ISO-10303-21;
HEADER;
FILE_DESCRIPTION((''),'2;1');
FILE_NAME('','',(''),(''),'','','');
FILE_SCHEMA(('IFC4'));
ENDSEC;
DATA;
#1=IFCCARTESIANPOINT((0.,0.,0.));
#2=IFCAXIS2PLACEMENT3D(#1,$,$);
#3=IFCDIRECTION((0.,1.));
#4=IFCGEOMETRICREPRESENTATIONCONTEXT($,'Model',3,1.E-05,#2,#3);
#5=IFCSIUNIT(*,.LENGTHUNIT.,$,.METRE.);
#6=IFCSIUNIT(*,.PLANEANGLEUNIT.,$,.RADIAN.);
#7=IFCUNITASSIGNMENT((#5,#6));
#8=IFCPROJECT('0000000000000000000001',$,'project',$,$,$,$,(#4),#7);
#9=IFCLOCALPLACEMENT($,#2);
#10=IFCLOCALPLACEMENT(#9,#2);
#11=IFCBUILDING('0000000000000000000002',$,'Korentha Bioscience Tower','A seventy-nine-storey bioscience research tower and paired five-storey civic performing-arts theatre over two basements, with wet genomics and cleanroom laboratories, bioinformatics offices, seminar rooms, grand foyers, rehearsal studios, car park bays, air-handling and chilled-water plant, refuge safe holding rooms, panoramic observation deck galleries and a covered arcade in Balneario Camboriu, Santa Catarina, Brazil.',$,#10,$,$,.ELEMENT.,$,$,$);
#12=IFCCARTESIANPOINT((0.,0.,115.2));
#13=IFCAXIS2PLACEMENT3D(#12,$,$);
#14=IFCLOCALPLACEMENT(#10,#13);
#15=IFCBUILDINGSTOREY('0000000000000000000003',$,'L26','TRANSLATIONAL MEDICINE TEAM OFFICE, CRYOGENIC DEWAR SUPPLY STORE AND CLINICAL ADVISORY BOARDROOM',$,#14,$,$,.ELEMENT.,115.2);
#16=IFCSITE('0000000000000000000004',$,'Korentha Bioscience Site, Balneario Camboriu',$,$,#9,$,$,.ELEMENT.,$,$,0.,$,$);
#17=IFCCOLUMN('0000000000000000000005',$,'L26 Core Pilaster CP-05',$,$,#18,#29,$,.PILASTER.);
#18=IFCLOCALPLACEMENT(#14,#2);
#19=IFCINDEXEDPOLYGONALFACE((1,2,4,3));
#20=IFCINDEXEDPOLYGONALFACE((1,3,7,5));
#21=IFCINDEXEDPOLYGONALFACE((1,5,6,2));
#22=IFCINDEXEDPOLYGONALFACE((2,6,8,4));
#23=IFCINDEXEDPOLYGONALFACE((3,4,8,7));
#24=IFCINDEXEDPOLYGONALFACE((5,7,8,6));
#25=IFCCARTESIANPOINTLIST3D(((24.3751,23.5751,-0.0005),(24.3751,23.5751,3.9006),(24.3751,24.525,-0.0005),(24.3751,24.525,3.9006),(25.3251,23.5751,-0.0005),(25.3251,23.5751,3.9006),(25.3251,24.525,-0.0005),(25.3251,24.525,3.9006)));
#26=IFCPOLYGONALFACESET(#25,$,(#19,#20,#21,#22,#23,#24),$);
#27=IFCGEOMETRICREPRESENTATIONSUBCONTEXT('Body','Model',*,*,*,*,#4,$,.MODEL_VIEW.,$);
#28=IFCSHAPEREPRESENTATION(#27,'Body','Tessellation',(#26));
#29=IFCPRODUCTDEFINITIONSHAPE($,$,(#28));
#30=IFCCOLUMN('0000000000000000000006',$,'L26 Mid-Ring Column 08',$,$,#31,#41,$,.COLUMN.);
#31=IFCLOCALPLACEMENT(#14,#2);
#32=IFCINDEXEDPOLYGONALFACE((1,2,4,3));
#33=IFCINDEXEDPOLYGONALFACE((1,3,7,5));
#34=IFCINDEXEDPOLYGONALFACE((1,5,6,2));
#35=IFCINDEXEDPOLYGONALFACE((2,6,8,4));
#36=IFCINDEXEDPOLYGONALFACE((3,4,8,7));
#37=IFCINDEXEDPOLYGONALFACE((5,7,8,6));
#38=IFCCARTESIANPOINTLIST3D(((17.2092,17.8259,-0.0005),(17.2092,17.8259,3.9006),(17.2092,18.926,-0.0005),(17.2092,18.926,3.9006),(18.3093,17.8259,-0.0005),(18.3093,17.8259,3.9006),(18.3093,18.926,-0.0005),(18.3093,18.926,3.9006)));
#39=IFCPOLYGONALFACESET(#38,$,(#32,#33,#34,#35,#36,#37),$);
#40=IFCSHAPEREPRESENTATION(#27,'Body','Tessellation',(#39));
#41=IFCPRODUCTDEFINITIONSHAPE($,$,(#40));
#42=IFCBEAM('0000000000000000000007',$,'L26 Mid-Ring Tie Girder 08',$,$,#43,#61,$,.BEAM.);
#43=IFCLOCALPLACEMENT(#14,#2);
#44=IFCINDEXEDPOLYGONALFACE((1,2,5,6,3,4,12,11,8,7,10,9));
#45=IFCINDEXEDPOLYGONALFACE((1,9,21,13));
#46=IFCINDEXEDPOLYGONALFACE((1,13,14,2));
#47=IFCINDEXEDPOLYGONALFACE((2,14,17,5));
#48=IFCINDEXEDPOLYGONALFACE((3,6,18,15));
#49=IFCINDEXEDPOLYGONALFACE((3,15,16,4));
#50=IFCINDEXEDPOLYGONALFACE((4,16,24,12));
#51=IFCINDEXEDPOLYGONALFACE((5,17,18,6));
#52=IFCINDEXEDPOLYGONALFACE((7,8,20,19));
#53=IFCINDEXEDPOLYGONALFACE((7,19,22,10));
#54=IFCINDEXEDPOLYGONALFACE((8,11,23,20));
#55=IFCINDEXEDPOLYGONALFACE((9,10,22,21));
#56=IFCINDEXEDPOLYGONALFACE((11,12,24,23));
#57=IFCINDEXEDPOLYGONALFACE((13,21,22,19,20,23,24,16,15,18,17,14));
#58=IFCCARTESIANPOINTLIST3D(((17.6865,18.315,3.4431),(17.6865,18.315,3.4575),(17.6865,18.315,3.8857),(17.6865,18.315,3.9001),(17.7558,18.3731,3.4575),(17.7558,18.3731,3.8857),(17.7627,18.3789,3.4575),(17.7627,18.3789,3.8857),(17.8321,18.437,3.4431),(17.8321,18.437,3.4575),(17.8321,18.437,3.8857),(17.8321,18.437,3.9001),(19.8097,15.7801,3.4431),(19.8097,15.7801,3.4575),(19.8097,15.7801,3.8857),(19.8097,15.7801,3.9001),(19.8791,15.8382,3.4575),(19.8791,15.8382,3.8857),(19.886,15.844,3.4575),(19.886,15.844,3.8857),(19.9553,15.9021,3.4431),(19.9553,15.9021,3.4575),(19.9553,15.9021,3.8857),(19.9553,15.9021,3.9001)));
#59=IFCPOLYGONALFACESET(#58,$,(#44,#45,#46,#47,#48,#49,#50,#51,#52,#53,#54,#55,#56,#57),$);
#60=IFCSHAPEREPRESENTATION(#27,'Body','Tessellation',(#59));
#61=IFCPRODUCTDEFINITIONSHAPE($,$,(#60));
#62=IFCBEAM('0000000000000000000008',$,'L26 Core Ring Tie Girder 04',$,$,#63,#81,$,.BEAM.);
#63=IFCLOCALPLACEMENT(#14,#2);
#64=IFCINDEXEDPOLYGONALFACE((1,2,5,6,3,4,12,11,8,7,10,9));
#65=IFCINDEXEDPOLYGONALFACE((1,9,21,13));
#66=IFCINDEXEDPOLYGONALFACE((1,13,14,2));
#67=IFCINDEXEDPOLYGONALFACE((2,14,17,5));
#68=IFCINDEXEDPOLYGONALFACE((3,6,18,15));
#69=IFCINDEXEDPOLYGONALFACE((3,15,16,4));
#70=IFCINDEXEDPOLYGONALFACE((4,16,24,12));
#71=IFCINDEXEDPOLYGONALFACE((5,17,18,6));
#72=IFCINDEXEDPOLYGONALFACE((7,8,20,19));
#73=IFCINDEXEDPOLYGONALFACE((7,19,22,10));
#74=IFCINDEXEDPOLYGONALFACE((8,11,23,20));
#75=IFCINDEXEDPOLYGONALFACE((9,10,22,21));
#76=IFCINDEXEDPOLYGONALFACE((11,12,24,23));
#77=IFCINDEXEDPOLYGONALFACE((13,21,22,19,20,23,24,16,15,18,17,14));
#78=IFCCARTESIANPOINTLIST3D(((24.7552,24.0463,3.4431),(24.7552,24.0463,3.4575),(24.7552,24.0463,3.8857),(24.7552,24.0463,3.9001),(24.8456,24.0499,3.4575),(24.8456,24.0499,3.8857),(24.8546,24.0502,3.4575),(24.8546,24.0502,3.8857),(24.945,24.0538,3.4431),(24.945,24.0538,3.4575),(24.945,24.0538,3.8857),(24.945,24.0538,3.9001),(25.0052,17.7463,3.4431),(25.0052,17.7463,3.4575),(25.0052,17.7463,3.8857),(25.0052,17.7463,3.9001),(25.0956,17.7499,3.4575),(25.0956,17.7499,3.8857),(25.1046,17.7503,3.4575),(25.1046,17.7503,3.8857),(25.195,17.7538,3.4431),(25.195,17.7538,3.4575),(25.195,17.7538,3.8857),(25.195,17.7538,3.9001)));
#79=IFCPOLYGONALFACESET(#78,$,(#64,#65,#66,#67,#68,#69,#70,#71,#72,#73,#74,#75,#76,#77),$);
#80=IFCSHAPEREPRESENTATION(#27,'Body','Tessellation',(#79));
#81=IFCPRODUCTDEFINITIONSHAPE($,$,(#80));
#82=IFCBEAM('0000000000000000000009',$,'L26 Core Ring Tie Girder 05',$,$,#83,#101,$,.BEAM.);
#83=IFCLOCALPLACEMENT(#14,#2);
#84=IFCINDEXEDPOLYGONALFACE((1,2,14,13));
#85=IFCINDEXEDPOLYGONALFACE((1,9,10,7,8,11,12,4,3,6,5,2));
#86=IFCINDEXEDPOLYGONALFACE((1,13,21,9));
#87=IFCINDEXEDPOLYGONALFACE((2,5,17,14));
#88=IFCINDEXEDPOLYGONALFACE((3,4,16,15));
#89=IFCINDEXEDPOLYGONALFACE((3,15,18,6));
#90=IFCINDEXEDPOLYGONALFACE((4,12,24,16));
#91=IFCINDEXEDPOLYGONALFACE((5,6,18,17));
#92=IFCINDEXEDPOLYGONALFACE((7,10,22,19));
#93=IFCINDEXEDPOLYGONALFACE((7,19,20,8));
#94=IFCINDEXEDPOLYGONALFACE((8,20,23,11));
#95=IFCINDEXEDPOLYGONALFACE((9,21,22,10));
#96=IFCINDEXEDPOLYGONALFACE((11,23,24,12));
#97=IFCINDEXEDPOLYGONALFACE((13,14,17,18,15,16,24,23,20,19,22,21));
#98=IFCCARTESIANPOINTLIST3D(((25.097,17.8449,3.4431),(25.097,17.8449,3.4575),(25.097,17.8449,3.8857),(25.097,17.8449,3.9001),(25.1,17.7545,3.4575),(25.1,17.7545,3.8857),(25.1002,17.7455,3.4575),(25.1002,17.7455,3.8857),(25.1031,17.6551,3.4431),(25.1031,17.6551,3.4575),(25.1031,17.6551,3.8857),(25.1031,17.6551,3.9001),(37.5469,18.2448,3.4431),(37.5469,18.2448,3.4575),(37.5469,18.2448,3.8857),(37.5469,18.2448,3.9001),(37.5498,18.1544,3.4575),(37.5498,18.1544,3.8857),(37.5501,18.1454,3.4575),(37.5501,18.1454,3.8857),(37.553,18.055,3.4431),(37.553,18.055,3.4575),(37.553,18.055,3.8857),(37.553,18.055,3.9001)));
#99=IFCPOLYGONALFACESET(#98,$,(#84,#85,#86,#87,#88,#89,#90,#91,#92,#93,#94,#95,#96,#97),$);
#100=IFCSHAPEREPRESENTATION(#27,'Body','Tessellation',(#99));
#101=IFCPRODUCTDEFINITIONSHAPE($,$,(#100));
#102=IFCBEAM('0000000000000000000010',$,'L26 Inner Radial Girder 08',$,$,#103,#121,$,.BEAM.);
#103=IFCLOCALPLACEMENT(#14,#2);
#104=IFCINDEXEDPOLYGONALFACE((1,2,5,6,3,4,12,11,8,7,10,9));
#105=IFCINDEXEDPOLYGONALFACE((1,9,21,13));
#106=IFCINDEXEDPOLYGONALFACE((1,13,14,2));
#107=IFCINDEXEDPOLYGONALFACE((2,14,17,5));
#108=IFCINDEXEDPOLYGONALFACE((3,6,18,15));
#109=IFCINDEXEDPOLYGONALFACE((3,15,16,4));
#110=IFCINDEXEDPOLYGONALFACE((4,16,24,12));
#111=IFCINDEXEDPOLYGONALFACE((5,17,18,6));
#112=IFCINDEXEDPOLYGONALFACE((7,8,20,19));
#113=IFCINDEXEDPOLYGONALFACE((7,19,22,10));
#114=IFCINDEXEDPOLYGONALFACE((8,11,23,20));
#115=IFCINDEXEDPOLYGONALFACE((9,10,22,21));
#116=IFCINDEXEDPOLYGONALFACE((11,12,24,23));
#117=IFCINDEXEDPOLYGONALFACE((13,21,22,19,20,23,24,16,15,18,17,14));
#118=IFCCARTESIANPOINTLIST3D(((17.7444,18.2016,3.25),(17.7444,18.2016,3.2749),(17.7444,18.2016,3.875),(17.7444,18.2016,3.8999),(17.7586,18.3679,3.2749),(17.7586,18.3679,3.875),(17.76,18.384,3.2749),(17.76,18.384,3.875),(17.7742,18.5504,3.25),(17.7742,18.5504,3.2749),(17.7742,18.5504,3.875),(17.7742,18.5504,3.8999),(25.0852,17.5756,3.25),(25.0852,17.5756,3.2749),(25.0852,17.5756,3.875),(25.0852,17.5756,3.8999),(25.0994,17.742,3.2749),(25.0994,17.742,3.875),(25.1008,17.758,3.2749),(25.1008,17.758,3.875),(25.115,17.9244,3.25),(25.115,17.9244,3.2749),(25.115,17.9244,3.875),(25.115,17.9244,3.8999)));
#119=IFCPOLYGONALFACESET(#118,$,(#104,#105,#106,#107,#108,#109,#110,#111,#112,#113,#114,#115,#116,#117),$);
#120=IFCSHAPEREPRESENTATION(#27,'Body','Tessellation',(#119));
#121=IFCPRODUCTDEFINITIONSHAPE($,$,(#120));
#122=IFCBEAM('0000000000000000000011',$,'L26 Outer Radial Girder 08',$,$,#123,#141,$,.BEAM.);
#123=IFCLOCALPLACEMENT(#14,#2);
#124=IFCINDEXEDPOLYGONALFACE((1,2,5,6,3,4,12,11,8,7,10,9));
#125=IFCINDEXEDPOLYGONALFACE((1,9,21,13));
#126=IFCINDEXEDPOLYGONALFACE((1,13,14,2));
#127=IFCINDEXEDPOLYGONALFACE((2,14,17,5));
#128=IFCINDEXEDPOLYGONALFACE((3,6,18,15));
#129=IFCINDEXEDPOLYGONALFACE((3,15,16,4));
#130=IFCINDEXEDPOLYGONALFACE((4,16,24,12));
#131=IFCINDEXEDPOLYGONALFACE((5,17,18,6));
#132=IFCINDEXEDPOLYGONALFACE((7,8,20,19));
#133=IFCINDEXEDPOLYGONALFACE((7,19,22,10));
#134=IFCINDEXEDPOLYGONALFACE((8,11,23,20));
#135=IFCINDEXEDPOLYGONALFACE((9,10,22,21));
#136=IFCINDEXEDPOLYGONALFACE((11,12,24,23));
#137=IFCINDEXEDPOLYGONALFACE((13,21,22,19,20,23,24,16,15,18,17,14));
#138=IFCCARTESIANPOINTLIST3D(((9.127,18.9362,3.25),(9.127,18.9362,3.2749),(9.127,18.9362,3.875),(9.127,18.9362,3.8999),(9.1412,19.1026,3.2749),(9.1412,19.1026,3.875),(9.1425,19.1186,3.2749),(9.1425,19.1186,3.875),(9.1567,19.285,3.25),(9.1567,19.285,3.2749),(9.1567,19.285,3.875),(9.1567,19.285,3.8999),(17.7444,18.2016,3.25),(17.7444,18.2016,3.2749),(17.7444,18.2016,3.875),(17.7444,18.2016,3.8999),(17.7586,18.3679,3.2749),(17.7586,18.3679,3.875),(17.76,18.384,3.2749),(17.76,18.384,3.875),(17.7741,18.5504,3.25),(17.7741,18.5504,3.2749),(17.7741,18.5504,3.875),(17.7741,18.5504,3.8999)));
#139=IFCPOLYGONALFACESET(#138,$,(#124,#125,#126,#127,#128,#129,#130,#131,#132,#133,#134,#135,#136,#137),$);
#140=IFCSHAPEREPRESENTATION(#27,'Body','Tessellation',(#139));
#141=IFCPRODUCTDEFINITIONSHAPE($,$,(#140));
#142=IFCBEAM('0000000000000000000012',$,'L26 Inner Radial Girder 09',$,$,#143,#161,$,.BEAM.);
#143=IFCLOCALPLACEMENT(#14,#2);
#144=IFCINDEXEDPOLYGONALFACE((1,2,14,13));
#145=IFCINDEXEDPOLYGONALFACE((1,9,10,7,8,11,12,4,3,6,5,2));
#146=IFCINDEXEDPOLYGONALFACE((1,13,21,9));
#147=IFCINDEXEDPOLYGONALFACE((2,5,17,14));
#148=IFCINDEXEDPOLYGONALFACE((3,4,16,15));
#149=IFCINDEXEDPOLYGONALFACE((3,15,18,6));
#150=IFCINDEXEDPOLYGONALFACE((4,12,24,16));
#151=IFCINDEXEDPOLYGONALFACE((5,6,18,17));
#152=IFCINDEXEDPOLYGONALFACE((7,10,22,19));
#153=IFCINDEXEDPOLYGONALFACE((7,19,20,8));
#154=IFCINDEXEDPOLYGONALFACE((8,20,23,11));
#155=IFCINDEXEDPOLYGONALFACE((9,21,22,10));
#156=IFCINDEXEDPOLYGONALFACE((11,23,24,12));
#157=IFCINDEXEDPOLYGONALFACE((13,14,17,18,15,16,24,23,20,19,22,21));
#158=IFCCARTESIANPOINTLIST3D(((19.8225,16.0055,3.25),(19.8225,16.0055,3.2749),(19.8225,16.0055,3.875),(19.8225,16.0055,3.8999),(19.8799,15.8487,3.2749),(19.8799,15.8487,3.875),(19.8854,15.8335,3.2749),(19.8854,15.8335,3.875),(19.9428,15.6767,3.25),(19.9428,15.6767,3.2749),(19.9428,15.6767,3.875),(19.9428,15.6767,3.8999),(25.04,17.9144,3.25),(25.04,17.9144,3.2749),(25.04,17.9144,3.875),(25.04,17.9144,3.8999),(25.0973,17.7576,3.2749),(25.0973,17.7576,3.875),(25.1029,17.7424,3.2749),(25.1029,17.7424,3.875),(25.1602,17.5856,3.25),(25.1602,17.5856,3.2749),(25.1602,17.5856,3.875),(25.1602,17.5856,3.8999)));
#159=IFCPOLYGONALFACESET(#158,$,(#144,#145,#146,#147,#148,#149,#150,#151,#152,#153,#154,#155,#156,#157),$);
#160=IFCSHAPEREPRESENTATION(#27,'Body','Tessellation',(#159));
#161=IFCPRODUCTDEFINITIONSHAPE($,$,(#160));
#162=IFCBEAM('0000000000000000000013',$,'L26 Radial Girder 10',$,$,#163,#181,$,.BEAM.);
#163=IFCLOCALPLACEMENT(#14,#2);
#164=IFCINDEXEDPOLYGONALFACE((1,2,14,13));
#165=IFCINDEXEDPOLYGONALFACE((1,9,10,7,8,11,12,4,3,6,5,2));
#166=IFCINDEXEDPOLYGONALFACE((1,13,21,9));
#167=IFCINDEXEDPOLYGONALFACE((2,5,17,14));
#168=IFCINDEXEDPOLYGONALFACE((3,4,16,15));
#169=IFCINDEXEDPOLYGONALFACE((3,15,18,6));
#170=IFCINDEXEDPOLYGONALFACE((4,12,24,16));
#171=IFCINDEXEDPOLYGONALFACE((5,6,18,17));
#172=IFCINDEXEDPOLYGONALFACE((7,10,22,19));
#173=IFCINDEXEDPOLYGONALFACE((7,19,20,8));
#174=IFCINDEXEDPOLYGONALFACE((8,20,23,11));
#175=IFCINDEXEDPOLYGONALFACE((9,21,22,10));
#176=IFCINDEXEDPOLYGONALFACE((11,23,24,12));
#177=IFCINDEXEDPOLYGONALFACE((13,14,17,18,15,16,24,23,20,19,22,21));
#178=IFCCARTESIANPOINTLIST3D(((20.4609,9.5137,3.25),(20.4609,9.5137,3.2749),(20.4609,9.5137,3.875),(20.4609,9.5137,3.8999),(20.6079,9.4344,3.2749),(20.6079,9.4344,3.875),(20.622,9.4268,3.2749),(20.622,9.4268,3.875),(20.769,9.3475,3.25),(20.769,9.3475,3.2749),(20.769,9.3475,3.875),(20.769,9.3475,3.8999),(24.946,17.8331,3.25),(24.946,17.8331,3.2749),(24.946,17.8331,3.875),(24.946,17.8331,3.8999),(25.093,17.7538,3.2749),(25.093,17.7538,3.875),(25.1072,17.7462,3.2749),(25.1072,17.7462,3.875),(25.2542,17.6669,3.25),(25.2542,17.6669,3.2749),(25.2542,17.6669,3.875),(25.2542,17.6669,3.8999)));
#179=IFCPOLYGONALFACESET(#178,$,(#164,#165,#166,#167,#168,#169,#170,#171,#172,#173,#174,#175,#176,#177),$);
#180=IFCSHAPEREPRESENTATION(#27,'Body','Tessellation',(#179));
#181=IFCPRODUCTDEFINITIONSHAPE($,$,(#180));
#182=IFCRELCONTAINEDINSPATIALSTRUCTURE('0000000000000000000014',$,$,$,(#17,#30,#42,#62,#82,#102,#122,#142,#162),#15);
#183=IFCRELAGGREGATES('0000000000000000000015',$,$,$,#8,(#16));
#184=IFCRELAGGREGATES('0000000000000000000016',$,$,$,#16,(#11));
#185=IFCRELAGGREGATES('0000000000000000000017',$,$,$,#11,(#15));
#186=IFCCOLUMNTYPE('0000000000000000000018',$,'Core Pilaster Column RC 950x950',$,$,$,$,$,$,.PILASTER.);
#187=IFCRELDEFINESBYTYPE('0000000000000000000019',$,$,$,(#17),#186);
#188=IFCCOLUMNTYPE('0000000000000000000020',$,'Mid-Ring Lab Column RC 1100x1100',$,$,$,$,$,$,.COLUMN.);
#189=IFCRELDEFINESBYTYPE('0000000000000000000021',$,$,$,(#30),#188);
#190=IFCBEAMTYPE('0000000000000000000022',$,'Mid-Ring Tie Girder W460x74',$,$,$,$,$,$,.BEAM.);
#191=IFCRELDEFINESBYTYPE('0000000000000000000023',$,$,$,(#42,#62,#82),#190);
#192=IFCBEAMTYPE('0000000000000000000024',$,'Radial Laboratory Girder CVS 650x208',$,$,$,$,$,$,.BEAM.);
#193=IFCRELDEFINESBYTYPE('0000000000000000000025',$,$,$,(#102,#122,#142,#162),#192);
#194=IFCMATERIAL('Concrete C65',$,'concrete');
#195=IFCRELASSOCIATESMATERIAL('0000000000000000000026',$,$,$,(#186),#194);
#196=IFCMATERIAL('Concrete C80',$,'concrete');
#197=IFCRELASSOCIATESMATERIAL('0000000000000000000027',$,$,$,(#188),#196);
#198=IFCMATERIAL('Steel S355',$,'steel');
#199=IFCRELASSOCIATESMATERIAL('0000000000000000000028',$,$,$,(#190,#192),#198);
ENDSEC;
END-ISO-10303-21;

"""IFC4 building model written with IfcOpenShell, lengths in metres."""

from ifc_helpers import new_model, si_unit, direction, frame, origin, origin_2d, place, context, subcontext, project, spatial, rectangle, i_section, extrude, material, material_profile, profile_set, type_object, element, save


model = new_model("IFC4")

# Units and contexts
model_context = context("Model", 3, precision=1e-05, world=origin(), true_north=direction((0.0, 1.0)))
body_context = subcontext(model_context, "Body", "Model", "MODEL_VIEW")
ifc_project = project(units=[si_unit("LENGTHUNIT", "METRE"), si_unit("PLANEANGLEUNIT", "RADIAN")], contexts=[model_context])

# Site, building, storey
site_placement = place(None, origin())
site = spatial("IfcSite", under=ifc_project, at=site_placement, Name="Korentha Bioscience Site, Balneario Camboriu", CompositionType="ELEMENT", RefElevation=0.0)
building_placement = place(site_placement, origin())
building = spatial("IfcBuilding", under=site, at=building_placement, Name="Korentha Bioscience Tower", Description="A seventy-nine-storey bioscience research tower and paired five-storey civic performing-arts theatre over two basements, with wet genomics and cleanroom laboratories, bioinformatics offices, seminar rooms, grand foyers, rehearsal studios, car park bays, air-handling and chilled-water plant, refuge safe holding rooms, panoramic observation deck galleries and a covered arcade in Balneario Camboriu, Santa Catarina, Brazil.", CompositionType="ELEMENT")
storey_placement = place(building_placement, frame((0.0, 0.0, 115.2)))
storey = spatial("IfcBuildingStorey", under=building, at=storey_placement, Name="L26", Description="TRANSLATIONAL MEDICINE TEAM OFFICE, CRYOGENIC DEWAR SUPPLY STORE AND CLINICAL ADVISORY BOARDROOM", CompositionType="ELEMENT", Elevation=115.2)

# Columns
ifc_material_1 = material(Name="Concrete C65", Category="concrete")
ifc_material_profile_1 = material_profile(ifc_material_1, rectangle(XDim=0.95, YDim=0.95, at=origin_2d()), Name="Concrete C65")
ifc_profile_set_1 = profile_set([ifc_material_profile_1], Name="Concrete C65 (COL-CP09)")
column_type_1 = type_object("IfcColumnType", Name="Core Pilaster Column RC 950x950", PredefinedType="PILASTER", material=ifc_profile_set_1)
column_1_placement = place(storey_placement, frame((24.8501, 24.05, -0.0005), z_axis=(0.0, 0.0, 1.0), x_axis=(1.0, 0.0, 0.0)))
element("IfcColumn", 1, at=column_1_placement, inside=storey, type_object=column_type_1, Name="L26 Core Pilaster CP-05", PredefinedType="PILASTER", context=body_context, shape_type="SweptSolid", body=[
    extrude(rectangle(XDim=0.95, YDim=0.95, at=origin_2d()), origin(), (0.0, 0.0, 1.0), 3.9011),
])
ifc_material_2 = material(Name="Concrete C80", Category="concrete")
ifc_material_profile_2 = material_profile(ifc_material_2, rectangle(XDim=1.1001, YDim=1.1001, at=origin_2d()), Name="Concrete C80")
ifc_profile_set_2 = profile_set([ifc_material_profile_2], Name="Concrete C80 (COL-MR11)")
column_type_2 = type_object("IfcColumnType", Name="Mid-Ring Lab Column RC 1100x1100", PredefinedType="COLUMN", material=ifc_profile_set_2)
column_2_placement = place(storey_placement, frame((17.7593, 18.376, -0.0005), z_axis=(0.0, 0.0, 1.0), x_axis=(1.0, 0.0, 0.0)))
element("IfcColumn", 2, at=column_2_placement, inside=storey, type_object=column_type_2, Name="L26 Mid-Ring Column 08", PredefinedType="COLUMN", context=body_context, shape_type="SweptSolid", body=[
    extrude(rectangle(XDim=1.1001, YDim=1.1001, at=origin_2d()), origin(), (0.0, 0.0, 1.0), 3.9011),
])

# Beams
ifc_material_3 = material(Name="Steel S355", Category="steel")
ifc_material_profile_3 = material_profile(ifc_material_3, i_section(OverallWidth=0.1899, OverallDepth=0.457, WebThickness=0.009, FlangeThickness=0.0144, at=origin_2d()), Name="Steel S355")
ifc_profile_set_3 = profile_set([ifc_material_profile_3], Name="Steel S355 (MB-460)")
beam_type_1 = type_object("IfcBeamType", Name="Mid-Ring Tie Girder W460x74", PredefinedType="BEAM", material=ifc_profile_set_3)
beam_1_placement = place(storey_placement, frame((17.7593, 18.376, 3.6716), z_axis=(0.642121, -0.766603, 0.0), x_axis=(0.766603, 0.642121, 0.0)))
element("IfcBeam", 3, at=beam_1_placement, inside=storey, type_object=beam_type_1, Name="L26 Mid-Ring Tie Girder 08", PredefinedType="BEAM", context=body_context, shape_type="SweptSolid", body=[
    extrude(i_section(OverallWidth=0.1899, OverallDepth=0.457, WebThickness=0.009, FlangeThickness=0.0144, at=origin_2d()), origin(), (0.0, 0.0, 1.0), 3.3066),
])
beam_2_placement = place(storey_placement, frame((24.8501, 24.05, 3.6716), z_axis=(0.039651, -0.999214, 0.0), x_axis=(0.999214, 0.039651, 0.0)))
element("IfcBeam", 4, at=beam_2_placement, inside=storey, type_object=beam_type_1, Name="L26 Core Ring Tie Girder 04", PredefinedType="BEAM", context=body_context, shape_type="SweptSolid", body=[
    extrude(i_section(OverallWidth=0.1899, OverallDepth=0.457, WebThickness=0.009, FlangeThickness=0.0144, at=origin_2d()), origin(), (0.0, 0.0, 1.0), 6.3049),
])
beam_3_placement = place(storey_placement, frame((25.1001, 17.75, 3.6716), z_axis=(0.999485, 0.032104, 0.0), x_axis=(-0.032104, 0.999485, 0.0)))
element("IfcBeam", 5, at=beam_3_placement, inside=storey, type_object=beam_type_1, Name="L26 Core Ring Tie Girder 05", PredefinedType="BEAM", context=body_context, shape_type="SweptSolid", body=[
    extrude(i_section(OverallWidth=0.1899, OverallDepth=0.457, WebThickness=0.009, FlangeThickness=0.0144, at=origin_2d()), origin(), (0.0, 0.0, 1.0), 12.4563),
])
ifc_material_profile_4 = material_profile(ifc_material_3, i_section(OverallWidth=0.3501, OverallDepth=0.6499, WebThickness=0.0161, FlangeThickness=0.0249, at=origin_2d()), Name="Steel S355")
ifc_profile_set_4 = profile_set([ifc_material_profile_4], Name="Steel S355 (RB-650)")
beam_type_2 = type_object("IfcBeamType", Name="Radial Laboratory Girder CVS 650x208", PredefinedType="BEAM", material=ifc_profile_set_4)
beam_4_placement = place(storey_placement, frame((25.1001, 17.75, 3.575), z_axis=(-0.996384, 0.084965, 0.0), x_axis=(-0.084965, -0.996384, 0.0)))
element("IfcBeam", 6, at=beam_4_placement, inside=storey, type_object=beam_type_2, Name="L26 Inner Radial Girder 08", PredefinedType="BEAM", context=body_context, shape_type="SweptSolid", body=[
    extrude(i_section(OverallWidth=0.3501, OverallDepth=0.6499, WebThickness=0.0161, FlangeThickness=0.0249, at=origin_2d()), origin(), (0.0, 0.0, 1.0), 7.3674),
])
beam_5_placement = place(storey_placement, frame((17.7593, 18.376, 3.575), z_axis=(-0.996386, 0.08494, 0.0), x_axis=(-0.08494, -0.996386, 0.0)))
element("IfcBeam", 7, at=beam_5_placement, inside=storey, type_object=beam_type_2, Name="L26 Outer Radial Girder 08", PredefinedType="BEAM", context=body_context, shape_type="SweptSolid", body=[
    extrude(i_section(OverallWidth=0.3501, OverallDepth=0.6499, WebThickness=0.0161, FlangeThickness=0.0249, at=origin_2d()), origin(), (0.0, 0.0, 1.0), 8.6487),
])
beam_6_placement = place(storey_placement, frame((25.1001, 17.75, 3.575), z_axis=(-0.939118, -0.343595, 0.0), x_axis=(0.343595, -0.939118, 0.0)))
element("IfcBeam", 8, at=beam_6_placement, inside=storey, type_object=beam_type_2, Name="L26 Inner Radial Girder 09", PredefinedType="BEAM", context=body_context, shape_type="SweptSolid", body=[
    extrude(i_section(OverallWidth=0.3501, OverallDepth=0.6499, WebThickness=0.0161, FlangeThickness=0.0249, at=origin_2d()), origin(), (0.0, 0.0, 1.0), 5.5557),
])
beam_7_placement = place(storey_placement, frame((25.1001, 17.75, 3.575), z_axis=(-0.474548, -0.88023, 0.0), x_axis=(0.88023, -0.474548, 0.0)))
element("IfcBeam", 9, at=beam_7_placement, inside=storey, type_object=beam_type_2, Name="L26 Radial Girder 10", PredefinedType="BEAM", context=body_context, shape_type="SweptSolid", body=[
    extrude(i_section(OverallWidth=0.3501, OverallDepth=0.6499, WebThickness=0.0161, FlangeThickness=0.0249, at=origin_2d()), origin(), (0.0, 0.0, 1.0), 9.4514),
])

save(model, "model.ifc")
